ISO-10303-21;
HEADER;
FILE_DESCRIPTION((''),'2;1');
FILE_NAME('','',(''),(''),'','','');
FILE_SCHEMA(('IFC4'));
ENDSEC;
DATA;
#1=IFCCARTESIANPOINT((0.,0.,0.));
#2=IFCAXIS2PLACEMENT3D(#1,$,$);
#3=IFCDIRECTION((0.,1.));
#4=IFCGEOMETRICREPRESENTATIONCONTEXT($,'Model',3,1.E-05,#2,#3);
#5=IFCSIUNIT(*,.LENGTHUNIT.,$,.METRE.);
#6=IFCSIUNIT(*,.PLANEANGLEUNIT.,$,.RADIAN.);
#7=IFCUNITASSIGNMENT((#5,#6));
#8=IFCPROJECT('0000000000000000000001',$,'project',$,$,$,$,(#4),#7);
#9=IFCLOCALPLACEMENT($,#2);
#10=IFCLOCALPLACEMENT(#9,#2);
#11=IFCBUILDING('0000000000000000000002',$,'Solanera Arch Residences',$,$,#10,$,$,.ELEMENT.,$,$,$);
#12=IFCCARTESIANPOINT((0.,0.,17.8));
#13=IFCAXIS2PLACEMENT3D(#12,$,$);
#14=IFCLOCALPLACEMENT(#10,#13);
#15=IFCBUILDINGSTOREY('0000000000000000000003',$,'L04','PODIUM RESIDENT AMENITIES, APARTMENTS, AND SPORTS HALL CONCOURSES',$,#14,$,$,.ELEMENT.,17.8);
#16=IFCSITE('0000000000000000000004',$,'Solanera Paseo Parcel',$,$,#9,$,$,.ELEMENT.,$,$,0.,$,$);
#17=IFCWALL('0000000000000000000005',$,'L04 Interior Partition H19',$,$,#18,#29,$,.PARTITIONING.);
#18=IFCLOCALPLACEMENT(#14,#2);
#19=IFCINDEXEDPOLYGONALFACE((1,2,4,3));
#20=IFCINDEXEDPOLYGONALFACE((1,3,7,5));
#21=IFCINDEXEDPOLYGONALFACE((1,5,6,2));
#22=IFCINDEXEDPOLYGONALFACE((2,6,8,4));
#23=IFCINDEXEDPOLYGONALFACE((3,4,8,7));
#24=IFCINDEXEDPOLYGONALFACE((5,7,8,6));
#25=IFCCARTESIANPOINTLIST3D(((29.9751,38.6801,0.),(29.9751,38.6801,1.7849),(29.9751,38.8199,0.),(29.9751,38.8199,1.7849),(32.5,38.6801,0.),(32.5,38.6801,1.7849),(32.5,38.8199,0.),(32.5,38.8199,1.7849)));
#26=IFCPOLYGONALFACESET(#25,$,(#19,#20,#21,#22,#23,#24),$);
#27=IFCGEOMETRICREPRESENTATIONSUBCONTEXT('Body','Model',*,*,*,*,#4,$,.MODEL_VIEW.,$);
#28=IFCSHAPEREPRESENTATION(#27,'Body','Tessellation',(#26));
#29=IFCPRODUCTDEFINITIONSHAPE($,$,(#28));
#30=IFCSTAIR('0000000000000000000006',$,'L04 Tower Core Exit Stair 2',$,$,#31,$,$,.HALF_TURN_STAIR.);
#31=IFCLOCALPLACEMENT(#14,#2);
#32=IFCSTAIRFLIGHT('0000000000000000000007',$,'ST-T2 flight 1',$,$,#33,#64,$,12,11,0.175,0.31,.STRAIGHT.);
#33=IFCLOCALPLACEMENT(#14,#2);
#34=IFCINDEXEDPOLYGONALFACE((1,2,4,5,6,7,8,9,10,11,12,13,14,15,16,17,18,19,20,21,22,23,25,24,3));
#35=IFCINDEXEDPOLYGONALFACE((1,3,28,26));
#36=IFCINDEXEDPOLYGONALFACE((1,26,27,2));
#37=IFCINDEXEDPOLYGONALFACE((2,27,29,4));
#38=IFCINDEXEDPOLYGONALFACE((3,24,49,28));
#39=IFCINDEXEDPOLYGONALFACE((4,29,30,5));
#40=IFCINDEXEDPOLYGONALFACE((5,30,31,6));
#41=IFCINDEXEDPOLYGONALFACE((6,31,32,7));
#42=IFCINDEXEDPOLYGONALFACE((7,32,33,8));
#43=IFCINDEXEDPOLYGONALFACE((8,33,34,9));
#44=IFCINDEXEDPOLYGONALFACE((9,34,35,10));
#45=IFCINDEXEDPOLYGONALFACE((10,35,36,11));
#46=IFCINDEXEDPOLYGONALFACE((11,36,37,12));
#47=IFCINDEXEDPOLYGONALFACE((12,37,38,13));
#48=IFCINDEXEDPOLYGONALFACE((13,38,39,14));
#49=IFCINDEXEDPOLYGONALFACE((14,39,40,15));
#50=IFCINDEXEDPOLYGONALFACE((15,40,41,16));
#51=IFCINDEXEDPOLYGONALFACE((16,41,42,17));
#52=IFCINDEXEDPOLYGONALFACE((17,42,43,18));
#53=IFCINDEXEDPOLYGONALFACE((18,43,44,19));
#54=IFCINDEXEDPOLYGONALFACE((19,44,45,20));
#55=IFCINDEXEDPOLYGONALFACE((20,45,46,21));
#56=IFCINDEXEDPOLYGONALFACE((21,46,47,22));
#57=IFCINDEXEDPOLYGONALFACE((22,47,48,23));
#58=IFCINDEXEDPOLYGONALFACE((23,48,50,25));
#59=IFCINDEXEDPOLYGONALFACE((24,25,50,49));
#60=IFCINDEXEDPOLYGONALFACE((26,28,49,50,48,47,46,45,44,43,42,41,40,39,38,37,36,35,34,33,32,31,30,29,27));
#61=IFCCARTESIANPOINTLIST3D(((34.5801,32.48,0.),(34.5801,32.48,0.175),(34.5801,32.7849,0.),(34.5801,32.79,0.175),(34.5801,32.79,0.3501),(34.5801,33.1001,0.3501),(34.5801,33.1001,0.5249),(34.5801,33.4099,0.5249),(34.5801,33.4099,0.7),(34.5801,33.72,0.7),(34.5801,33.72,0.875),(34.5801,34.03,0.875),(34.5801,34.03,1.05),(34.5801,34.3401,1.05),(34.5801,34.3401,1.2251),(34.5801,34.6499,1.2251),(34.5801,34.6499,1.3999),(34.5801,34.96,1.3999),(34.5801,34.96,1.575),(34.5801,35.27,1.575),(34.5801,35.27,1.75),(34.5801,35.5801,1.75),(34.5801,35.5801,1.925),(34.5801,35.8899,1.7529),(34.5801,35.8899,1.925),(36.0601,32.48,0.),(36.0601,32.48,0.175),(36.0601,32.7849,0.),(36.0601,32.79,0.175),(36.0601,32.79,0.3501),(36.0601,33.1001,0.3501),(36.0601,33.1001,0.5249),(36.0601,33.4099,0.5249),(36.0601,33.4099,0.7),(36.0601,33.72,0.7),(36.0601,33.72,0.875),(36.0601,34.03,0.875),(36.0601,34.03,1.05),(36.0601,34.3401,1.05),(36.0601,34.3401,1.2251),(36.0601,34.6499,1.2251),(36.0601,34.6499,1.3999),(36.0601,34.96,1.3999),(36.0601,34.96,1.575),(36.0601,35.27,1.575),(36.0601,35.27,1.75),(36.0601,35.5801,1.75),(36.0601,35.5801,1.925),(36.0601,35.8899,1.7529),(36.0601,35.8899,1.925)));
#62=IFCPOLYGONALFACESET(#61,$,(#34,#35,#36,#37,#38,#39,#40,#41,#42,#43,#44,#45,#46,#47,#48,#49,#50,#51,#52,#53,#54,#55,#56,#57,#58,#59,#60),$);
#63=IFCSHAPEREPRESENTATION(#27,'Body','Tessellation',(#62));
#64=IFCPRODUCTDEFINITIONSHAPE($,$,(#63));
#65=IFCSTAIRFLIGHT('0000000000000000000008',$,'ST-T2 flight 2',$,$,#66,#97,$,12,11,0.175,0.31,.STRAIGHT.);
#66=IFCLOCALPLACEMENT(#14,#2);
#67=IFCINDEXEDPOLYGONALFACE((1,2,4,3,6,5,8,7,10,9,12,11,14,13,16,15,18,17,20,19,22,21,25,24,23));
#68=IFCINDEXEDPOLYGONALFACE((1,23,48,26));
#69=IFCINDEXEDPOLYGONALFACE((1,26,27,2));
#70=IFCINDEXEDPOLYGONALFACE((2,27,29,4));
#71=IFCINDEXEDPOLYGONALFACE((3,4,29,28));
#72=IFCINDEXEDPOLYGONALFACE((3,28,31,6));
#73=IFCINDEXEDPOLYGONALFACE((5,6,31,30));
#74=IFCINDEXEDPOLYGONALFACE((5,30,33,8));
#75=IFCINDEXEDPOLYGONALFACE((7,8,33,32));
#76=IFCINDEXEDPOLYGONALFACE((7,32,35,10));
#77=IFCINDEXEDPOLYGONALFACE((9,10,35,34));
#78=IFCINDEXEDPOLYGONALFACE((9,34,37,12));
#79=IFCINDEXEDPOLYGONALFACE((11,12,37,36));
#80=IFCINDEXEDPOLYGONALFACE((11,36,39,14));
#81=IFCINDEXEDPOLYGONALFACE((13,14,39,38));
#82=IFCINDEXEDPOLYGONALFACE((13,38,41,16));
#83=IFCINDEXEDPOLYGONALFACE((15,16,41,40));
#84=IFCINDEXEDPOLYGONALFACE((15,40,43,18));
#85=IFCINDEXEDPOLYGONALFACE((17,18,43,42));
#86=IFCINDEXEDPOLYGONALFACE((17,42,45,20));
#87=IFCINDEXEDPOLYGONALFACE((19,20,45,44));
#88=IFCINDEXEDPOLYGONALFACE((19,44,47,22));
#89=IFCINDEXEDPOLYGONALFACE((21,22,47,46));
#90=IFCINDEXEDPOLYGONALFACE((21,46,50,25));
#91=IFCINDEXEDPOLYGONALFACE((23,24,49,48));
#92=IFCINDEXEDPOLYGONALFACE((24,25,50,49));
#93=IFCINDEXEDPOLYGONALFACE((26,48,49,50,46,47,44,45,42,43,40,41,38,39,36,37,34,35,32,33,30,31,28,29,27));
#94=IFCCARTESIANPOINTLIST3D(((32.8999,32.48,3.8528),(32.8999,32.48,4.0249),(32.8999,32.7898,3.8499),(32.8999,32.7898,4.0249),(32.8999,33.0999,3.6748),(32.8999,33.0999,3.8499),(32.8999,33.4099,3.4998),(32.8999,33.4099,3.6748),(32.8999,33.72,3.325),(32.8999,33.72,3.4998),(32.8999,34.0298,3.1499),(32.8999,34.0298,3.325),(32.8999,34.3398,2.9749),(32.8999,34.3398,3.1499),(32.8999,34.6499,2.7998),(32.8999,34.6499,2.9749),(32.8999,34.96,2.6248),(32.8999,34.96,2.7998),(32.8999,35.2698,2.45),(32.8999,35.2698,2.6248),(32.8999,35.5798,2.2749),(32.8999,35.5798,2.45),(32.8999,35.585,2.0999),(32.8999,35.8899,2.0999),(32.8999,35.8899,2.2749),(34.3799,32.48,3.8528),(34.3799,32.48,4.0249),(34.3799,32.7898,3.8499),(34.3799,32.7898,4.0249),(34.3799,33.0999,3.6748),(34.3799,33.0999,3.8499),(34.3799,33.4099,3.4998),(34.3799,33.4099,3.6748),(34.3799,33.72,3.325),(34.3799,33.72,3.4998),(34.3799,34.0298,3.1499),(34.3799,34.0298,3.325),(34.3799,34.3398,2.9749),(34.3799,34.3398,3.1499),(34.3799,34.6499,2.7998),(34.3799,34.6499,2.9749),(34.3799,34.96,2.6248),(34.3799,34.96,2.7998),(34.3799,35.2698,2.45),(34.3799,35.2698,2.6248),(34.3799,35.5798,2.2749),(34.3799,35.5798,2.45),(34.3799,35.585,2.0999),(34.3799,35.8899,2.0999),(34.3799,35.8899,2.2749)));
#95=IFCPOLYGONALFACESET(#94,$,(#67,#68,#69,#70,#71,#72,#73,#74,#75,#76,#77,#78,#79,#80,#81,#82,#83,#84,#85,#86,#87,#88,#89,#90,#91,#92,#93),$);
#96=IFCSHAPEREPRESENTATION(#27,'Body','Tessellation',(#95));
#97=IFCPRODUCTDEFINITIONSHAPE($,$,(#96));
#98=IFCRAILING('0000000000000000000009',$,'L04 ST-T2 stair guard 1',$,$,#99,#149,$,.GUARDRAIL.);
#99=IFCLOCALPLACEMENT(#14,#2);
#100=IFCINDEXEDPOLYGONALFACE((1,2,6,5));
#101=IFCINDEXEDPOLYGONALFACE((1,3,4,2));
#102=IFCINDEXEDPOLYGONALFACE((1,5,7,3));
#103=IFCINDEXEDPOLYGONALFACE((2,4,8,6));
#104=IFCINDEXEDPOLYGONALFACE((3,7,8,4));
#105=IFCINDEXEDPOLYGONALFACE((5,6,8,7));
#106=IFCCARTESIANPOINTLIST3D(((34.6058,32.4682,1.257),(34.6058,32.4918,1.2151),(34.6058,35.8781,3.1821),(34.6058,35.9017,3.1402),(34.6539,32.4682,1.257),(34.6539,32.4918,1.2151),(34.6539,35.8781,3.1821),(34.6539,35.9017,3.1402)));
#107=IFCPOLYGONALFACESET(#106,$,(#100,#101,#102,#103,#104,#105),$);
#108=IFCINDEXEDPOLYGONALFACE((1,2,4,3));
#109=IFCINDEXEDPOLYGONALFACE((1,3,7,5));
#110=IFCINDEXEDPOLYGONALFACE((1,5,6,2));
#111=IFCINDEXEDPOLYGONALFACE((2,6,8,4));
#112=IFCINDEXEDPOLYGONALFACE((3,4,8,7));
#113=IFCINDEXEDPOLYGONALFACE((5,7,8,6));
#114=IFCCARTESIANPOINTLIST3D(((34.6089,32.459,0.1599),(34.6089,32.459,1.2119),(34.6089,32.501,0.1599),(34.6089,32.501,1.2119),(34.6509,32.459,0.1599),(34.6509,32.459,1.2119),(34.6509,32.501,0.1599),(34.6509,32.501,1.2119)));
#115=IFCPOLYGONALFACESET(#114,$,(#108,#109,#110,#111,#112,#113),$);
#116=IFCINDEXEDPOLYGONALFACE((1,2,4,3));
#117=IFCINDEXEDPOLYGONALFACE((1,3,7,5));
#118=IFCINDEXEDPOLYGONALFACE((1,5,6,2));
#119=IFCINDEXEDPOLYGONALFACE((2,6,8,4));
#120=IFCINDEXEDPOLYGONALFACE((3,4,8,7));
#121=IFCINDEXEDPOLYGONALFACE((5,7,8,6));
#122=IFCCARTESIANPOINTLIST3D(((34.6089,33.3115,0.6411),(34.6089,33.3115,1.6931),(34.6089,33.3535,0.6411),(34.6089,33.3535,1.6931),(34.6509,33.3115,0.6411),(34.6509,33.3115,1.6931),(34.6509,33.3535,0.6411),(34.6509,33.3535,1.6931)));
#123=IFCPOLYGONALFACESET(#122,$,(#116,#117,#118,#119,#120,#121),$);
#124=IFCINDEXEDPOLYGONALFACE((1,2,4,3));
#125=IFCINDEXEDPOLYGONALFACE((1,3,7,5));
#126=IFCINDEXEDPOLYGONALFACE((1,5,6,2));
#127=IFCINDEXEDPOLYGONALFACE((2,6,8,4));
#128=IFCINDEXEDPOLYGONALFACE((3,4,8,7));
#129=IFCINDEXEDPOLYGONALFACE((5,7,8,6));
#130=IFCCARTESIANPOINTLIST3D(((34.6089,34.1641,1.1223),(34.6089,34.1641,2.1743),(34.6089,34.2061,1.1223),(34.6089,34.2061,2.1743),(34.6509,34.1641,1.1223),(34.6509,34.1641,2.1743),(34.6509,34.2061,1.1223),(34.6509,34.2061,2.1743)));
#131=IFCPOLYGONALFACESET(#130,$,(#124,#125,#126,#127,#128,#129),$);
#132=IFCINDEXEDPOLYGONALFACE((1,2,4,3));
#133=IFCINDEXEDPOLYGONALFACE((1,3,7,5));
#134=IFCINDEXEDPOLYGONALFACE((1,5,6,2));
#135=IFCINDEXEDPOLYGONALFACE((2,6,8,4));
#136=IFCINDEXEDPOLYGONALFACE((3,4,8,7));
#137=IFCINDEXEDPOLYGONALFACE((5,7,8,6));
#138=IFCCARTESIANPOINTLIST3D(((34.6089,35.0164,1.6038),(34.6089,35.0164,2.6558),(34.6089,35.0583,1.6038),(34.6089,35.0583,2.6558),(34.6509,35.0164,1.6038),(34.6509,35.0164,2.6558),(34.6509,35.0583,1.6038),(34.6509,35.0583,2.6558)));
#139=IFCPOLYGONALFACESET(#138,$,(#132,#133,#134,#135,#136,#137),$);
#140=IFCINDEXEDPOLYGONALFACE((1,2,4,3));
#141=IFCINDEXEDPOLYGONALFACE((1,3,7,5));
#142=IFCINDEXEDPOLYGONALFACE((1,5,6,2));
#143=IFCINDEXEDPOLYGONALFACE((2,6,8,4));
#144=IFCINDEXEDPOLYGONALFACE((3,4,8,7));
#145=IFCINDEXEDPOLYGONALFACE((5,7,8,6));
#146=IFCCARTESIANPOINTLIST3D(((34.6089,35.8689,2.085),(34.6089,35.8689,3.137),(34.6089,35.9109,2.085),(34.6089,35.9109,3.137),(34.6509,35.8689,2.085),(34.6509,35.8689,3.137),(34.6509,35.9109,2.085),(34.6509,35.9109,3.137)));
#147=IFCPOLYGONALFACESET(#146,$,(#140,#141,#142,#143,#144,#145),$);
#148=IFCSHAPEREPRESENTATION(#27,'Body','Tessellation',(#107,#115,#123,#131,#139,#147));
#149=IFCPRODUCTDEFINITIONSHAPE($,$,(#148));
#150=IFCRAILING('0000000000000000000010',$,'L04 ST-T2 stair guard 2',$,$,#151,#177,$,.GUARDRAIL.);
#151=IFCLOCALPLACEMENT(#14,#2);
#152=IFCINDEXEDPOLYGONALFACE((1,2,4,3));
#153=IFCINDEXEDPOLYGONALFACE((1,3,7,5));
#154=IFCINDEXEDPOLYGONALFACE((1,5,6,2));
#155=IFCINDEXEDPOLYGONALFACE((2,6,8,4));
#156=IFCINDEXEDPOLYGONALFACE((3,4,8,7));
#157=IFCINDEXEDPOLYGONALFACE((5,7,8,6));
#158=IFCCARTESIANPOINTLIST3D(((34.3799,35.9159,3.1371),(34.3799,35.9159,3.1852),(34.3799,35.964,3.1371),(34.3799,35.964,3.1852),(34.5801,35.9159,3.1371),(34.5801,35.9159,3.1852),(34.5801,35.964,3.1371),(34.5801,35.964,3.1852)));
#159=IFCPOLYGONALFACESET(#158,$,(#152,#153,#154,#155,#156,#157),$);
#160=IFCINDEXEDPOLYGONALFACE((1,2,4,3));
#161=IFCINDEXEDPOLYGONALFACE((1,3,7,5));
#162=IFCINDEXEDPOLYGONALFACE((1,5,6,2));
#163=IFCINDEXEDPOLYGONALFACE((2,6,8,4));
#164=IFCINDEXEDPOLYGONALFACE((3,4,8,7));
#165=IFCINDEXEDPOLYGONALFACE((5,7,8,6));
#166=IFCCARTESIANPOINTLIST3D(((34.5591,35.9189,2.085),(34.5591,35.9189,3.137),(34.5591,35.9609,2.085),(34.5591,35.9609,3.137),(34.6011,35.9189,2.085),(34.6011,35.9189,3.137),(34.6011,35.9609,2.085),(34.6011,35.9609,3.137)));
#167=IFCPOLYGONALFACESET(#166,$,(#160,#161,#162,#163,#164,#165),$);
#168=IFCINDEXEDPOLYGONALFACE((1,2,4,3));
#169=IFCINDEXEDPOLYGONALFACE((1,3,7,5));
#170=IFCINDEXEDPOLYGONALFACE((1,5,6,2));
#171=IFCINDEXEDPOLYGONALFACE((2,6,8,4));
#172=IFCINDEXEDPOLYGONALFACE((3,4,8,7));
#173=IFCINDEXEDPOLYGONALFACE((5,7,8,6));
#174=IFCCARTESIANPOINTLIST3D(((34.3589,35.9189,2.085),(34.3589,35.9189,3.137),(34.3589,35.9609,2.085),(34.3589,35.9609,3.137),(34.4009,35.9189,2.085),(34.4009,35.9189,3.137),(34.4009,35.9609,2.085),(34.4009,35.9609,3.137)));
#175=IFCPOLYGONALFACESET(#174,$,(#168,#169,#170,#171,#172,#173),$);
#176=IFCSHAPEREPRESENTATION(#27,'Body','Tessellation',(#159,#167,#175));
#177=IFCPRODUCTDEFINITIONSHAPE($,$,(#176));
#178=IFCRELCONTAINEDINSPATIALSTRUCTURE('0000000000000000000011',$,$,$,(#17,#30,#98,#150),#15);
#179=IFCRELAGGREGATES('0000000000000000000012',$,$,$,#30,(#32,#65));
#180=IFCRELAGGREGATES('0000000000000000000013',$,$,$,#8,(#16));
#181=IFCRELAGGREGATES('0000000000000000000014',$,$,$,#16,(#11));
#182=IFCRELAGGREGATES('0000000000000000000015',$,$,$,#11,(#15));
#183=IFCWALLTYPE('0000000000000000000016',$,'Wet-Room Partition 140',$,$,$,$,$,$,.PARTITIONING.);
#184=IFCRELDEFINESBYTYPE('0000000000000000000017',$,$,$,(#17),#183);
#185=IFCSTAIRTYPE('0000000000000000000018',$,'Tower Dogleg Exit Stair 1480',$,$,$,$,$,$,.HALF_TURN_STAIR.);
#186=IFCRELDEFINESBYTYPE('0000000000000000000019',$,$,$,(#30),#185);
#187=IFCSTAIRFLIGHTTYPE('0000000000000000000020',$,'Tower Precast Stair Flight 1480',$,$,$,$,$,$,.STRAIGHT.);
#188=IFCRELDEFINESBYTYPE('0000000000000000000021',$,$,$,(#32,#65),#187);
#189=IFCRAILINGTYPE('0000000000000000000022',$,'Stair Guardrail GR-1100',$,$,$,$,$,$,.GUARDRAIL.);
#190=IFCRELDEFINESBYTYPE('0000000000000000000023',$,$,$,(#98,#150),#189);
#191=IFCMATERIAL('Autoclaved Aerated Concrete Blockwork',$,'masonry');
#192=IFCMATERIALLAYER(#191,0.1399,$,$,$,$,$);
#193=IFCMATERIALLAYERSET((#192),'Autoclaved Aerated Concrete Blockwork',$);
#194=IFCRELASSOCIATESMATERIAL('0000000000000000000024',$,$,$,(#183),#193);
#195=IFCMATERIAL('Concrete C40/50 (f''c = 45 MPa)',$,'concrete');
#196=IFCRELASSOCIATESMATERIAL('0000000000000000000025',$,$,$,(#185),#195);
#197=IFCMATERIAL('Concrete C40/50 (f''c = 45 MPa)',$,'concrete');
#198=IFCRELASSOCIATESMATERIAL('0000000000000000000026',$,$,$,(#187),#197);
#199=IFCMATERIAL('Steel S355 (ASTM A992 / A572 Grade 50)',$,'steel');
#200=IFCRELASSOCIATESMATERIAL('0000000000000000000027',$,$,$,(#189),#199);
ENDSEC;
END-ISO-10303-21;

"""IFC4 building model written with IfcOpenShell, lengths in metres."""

from ifc_helpers import new_model, si_unit, direction, frame, frame_2d, origin, origin_2d, place, context, subcontext, project, spatial, polyline, rectangle, outline, extrude, material, layer, layer_set, type_object, element, aggregate, save


model = new_model("IFC4")

# Units and contexts
model_context = context("Model", 3, precision=1e-05, world=origin(), true_north=direction((0.0, 1.0)))
body_context = subcontext(model_context, "Body", "Model", "MODEL_VIEW")
ifc_project = project(units=[si_unit("LENGTHUNIT", "METRE"), si_unit("PLANEANGLEUNIT", "RADIAN")], contexts=[model_context])

# Site, building, storey
site_placement = place(None, origin())
site = spatial("IfcSite", under=ifc_project, at=site_placement, Name="Solanera Paseo Parcel", CompositionType="ELEMENT", RefElevation=0.0)
building_placement = place(site_placement, origin())
building = spatial("IfcBuilding", under=site, at=building_placement, Name="Solanera Arch Residences", CompositionType="ELEMENT")
storey_placement = place(building_placement, frame((0.0, 0.0, 17.8)))
storey = spatial("IfcBuildingStorey", under=building, at=storey_placement, Name="L04", Description="PODIUM RESIDENT AMENITIES, APARTMENTS, AND SPORTS HALL CONCOURSES", CompositionType="ELEMENT", Elevation=17.8)

# Wall
ifc_material_1 = material(Name="Autoclaved Aerated Concrete Blockwork", Category="masonry")
ifc_layer_1 = layer(ifc_material_1, 0.1399)
ifc_layer_set_1 = layer_set([ifc_layer_1], Name="Autoclaved Aerated Concrete Blockwork")
wall_type_1 = type_object("IfcWallType", Name="Wet-Room Partition 140", PredefinedType="PARTITIONING", material=ifc_layer_set_1)
wall_1_placement = place(storey_placement, frame((29.9751, 38.75, 0.0), z_axis=(0.0, 0.0, 1.0), x_axis=(1.0, 0.0, 0.0)))
element("IfcWall", 1, at=wall_1_placement, inside=storey, type_object=wall_type_1, Name="L04 Interior Partition H19", PredefinedType="PARTITIONING", context=body_context, shape_type="SweptSolid", body=[
    extrude(rectangle(XDim=2.5249, YDim=0.1399, at=frame_2d((1.2625, 0.0))), origin(), (0.0, 0.0, 1.0), 1.7849),
])

# Stair, stair flights
ifc_material_2 = material(Name="Concrete C40/50 (f'c = 45 MPa)", Category="concrete")
stair_type = type_object("IfcStairType", Name="Tower Dogleg Exit Stair 1480", PredefinedType="HALF_TURN_STAIR", material=ifc_material_2)
stair_placement = place(storey_placement, origin())
stair = element("IfcStair", 2, at=stair_placement, inside=storey, type_object=stair_type, Name="L04 Tower Core Exit Stair 2", PredefinedType="HALF_TURN_STAIR")
ifc_material_3 = material(Name="Concrete C40/50 (f'c = 45 MPa)", Category="concrete")
stair_flight_type = type_object("IfcStairFlightType", Name="Tower Precast Stair Flight 1480", PredefinedType="STRAIGHT", material=ifc_material_3)
stair_flight_1_placement = place(storey_placement, frame((35.3201, 32.48, 0.0), z_axis=(0.0, 0.0, 1.0), x_axis=(0.0, 1.0, 0.0)))
stair_flight_1 = element("IfcStairFlight", 3, at=stair_flight_1_placement, type_object=stair_flight_type, Name="ST-T2 flight 1", NumberOfRisers=12, NumberOfTreads=11, PredefinedType="STRAIGHT", RiserHeight=0.175, TreadLength=0.31, context=body_context, shape_type="SweptSolid", body=[
    extrude(outline(polyline([(0.0, 0.0), (0.0, 0.175), (0.3101, 0.175), (0.3101, 0.3501), (0.6201, 0.3501), (0.6201, 0.5249), (0.9299, 0.5249), (0.9299, 0.7), (1.24, 0.7), (1.24, 0.875), (1.55, 0.875), (1.55, 1.05), (1.8601, 1.05), (1.8601, 1.2251), (2.1699, 1.2251), (2.1699, 1.3999), (2.48, 1.3999), (2.48, 1.575), (2.79, 1.575), (2.79, 1.75), (3.1001, 1.75), (3.1001, 1.925), (3.4099, 1.925), (3.4099, 2.1001), (3.4099, 1.7529), (0.3049, 0.0), (0.0, 0.0)])), frame((0.0, 0.74, 0.0), z_axis=(0.0, -1.0, 0.0), x_axis=(1.0, 0.0, 0.0)), (0.0, 0.0, 1.0), 1.48),
])
stair_flight_2_placement = place(storey_placement, frame((33.6399, 35.8899, 2.0999), z_axis=(0.0, 0.0, 1.0), x_axis=(0.0, -1.0, 0.0)))
stair_flight_2 = element("IfcStairFlight", 4, at=stair_flight_2_placement, type_object=stair_flight_type, Name="ST-T2 flight 2", NumberOfRisers=12, NumberOfTreads=11, PredefinedType="STRAIGHT", RiserHeight=0.175, TreadLength=0.31, context=body_context, shape_type="SweptSolid", body=[
    extrude(outline(polyline([(0.0, 0.0), (0.0, 0.175), (0.3101, 0.175), (0.3101, 0.3501), (0.6201, 0.3501), (0.6201, 0.5249), (0.9299, 0.5249), (0.9299, 0.7), (1.24, 0.7), (1.24, 0.875), (1.55, 0.875), (1.55, 1.05), (1.8601, 1.05), (1.8601, 1.2251), (2.1699, 1.2251), (2.1699, 1.3999), (2.48, 1.3999), (2.48, 1.575), (2.79, 1.575), (2.79, 1.75), (3.1001, 1.75), (3.1001, 1.925), (3.4099, 1.925), (3.4099, 2.1001), (3.4099, 1.7529), (0.3049, 0.0), (0.0, 0.0)])), frame((0.0, 0.74, 0.0), z_axis=(0.0, -1.0, 0.0), x_axis=(1.0, 0.0, 0.0)), (0.0, 0.0, 1.0), 1.48),
])
aggregate(stair, [stair_flight_1, stair_flight_2])

# Railings
ifc_material_4 = material(Name="Steel S355 (ASTM A992 / A572 Grade 50)", Category="steel")
railing_type_1 = type_object("IfcRailingType", Name="Stair Guardrail GR-1100", PredefinedType="GUARDRAIL", material=ifc_material_4)
railing_1_placement = place(storey_placement, frame((34.6299, 32.48, 0.1599)))
element("IfcRailing", 5, at=railing_1_placement, inside=storey, type_object=railing_type_1, Name="L04 ST-T2 stair guard 1", PredefinedType="GUARDRAIL", context=body_context, shape_type="SweptSolid", body=[
    extrude(rectangle(XDim=0.0481, YDim=0.0481, at=origin_2d()), frame((0.0, 0.0, 1.0762), z_axis=(0.0, 0.870814, 0.491613), x_axis=(-1.0, 0.0, 0.0)), (0.0, 0.0, 1.0), 3.9158),
    extrude(rectangle(XDim=0.042, YDim=0.042, at=origin_2d()), origin(), (0.0, 0.0, 1.0), 1.052),
    extrude(rectangle(XDim=0.042, YDim=0.042, at=origin_2d()), frame((0.0, 0.8525, 0.4812)), (0.0, 0.0, 1.0), 1.052),
    extrude(rectangle(XDim=0.042, YDim=0.042, at=origin_2d()), frame((0.0, 1.7051, 0.9624)), (0.0, 0.0, 1.0), 1.052),
    extrude(rectangle(XDim=0.042, YDim=0.042, at=origin_2d()), frame((0.0, 2.5574, 1.4438)), (0.0, 0.0, 1.0), 1.052),
    extrude(rectangle(XDim=0.042, YDim=0.042, at=origin_2d()), frame((0.0, 3.4099, 1.925)), (0.0, 0.0, 1.0), 1.052),
])
railing_2_placement = place(storey_placement, frame((34.5801, 35.9399, 2.085)))
element("IfcRailing", 6, at=railing_2_placement, inside=storey, type_object=railing_type_1, Name="L04 ST-T2 stair guard 2", PredefinedType="GUARDRAIL", context=body_context, shape_type="SweptSolid", body=[
    extrude(rectangle(XDim=0.0481, YDim=0.0481, at=origin_2d()), frame((0.0, 0.0, 1.0762), z_axis=(-1.0, 0.0, 0.0), x_axis=(0.0, -1.0, 0.0)), (0.0, 0.0, 1.0), 0.2002),
    extrude(rectangle(XDim=0.042, YDim=0.042, at=origin_2d()), origin(), (0.0, 0.0, 1.0), 1.052),
    extrude(rectangle(XDim=0.042, YDim=0.042, at=origin_2d()), frame((-0.2002, 0.0, 0.0)), (0.0, 0.0, 1.0), 1.052),
])

save(model, "model.ifc")
